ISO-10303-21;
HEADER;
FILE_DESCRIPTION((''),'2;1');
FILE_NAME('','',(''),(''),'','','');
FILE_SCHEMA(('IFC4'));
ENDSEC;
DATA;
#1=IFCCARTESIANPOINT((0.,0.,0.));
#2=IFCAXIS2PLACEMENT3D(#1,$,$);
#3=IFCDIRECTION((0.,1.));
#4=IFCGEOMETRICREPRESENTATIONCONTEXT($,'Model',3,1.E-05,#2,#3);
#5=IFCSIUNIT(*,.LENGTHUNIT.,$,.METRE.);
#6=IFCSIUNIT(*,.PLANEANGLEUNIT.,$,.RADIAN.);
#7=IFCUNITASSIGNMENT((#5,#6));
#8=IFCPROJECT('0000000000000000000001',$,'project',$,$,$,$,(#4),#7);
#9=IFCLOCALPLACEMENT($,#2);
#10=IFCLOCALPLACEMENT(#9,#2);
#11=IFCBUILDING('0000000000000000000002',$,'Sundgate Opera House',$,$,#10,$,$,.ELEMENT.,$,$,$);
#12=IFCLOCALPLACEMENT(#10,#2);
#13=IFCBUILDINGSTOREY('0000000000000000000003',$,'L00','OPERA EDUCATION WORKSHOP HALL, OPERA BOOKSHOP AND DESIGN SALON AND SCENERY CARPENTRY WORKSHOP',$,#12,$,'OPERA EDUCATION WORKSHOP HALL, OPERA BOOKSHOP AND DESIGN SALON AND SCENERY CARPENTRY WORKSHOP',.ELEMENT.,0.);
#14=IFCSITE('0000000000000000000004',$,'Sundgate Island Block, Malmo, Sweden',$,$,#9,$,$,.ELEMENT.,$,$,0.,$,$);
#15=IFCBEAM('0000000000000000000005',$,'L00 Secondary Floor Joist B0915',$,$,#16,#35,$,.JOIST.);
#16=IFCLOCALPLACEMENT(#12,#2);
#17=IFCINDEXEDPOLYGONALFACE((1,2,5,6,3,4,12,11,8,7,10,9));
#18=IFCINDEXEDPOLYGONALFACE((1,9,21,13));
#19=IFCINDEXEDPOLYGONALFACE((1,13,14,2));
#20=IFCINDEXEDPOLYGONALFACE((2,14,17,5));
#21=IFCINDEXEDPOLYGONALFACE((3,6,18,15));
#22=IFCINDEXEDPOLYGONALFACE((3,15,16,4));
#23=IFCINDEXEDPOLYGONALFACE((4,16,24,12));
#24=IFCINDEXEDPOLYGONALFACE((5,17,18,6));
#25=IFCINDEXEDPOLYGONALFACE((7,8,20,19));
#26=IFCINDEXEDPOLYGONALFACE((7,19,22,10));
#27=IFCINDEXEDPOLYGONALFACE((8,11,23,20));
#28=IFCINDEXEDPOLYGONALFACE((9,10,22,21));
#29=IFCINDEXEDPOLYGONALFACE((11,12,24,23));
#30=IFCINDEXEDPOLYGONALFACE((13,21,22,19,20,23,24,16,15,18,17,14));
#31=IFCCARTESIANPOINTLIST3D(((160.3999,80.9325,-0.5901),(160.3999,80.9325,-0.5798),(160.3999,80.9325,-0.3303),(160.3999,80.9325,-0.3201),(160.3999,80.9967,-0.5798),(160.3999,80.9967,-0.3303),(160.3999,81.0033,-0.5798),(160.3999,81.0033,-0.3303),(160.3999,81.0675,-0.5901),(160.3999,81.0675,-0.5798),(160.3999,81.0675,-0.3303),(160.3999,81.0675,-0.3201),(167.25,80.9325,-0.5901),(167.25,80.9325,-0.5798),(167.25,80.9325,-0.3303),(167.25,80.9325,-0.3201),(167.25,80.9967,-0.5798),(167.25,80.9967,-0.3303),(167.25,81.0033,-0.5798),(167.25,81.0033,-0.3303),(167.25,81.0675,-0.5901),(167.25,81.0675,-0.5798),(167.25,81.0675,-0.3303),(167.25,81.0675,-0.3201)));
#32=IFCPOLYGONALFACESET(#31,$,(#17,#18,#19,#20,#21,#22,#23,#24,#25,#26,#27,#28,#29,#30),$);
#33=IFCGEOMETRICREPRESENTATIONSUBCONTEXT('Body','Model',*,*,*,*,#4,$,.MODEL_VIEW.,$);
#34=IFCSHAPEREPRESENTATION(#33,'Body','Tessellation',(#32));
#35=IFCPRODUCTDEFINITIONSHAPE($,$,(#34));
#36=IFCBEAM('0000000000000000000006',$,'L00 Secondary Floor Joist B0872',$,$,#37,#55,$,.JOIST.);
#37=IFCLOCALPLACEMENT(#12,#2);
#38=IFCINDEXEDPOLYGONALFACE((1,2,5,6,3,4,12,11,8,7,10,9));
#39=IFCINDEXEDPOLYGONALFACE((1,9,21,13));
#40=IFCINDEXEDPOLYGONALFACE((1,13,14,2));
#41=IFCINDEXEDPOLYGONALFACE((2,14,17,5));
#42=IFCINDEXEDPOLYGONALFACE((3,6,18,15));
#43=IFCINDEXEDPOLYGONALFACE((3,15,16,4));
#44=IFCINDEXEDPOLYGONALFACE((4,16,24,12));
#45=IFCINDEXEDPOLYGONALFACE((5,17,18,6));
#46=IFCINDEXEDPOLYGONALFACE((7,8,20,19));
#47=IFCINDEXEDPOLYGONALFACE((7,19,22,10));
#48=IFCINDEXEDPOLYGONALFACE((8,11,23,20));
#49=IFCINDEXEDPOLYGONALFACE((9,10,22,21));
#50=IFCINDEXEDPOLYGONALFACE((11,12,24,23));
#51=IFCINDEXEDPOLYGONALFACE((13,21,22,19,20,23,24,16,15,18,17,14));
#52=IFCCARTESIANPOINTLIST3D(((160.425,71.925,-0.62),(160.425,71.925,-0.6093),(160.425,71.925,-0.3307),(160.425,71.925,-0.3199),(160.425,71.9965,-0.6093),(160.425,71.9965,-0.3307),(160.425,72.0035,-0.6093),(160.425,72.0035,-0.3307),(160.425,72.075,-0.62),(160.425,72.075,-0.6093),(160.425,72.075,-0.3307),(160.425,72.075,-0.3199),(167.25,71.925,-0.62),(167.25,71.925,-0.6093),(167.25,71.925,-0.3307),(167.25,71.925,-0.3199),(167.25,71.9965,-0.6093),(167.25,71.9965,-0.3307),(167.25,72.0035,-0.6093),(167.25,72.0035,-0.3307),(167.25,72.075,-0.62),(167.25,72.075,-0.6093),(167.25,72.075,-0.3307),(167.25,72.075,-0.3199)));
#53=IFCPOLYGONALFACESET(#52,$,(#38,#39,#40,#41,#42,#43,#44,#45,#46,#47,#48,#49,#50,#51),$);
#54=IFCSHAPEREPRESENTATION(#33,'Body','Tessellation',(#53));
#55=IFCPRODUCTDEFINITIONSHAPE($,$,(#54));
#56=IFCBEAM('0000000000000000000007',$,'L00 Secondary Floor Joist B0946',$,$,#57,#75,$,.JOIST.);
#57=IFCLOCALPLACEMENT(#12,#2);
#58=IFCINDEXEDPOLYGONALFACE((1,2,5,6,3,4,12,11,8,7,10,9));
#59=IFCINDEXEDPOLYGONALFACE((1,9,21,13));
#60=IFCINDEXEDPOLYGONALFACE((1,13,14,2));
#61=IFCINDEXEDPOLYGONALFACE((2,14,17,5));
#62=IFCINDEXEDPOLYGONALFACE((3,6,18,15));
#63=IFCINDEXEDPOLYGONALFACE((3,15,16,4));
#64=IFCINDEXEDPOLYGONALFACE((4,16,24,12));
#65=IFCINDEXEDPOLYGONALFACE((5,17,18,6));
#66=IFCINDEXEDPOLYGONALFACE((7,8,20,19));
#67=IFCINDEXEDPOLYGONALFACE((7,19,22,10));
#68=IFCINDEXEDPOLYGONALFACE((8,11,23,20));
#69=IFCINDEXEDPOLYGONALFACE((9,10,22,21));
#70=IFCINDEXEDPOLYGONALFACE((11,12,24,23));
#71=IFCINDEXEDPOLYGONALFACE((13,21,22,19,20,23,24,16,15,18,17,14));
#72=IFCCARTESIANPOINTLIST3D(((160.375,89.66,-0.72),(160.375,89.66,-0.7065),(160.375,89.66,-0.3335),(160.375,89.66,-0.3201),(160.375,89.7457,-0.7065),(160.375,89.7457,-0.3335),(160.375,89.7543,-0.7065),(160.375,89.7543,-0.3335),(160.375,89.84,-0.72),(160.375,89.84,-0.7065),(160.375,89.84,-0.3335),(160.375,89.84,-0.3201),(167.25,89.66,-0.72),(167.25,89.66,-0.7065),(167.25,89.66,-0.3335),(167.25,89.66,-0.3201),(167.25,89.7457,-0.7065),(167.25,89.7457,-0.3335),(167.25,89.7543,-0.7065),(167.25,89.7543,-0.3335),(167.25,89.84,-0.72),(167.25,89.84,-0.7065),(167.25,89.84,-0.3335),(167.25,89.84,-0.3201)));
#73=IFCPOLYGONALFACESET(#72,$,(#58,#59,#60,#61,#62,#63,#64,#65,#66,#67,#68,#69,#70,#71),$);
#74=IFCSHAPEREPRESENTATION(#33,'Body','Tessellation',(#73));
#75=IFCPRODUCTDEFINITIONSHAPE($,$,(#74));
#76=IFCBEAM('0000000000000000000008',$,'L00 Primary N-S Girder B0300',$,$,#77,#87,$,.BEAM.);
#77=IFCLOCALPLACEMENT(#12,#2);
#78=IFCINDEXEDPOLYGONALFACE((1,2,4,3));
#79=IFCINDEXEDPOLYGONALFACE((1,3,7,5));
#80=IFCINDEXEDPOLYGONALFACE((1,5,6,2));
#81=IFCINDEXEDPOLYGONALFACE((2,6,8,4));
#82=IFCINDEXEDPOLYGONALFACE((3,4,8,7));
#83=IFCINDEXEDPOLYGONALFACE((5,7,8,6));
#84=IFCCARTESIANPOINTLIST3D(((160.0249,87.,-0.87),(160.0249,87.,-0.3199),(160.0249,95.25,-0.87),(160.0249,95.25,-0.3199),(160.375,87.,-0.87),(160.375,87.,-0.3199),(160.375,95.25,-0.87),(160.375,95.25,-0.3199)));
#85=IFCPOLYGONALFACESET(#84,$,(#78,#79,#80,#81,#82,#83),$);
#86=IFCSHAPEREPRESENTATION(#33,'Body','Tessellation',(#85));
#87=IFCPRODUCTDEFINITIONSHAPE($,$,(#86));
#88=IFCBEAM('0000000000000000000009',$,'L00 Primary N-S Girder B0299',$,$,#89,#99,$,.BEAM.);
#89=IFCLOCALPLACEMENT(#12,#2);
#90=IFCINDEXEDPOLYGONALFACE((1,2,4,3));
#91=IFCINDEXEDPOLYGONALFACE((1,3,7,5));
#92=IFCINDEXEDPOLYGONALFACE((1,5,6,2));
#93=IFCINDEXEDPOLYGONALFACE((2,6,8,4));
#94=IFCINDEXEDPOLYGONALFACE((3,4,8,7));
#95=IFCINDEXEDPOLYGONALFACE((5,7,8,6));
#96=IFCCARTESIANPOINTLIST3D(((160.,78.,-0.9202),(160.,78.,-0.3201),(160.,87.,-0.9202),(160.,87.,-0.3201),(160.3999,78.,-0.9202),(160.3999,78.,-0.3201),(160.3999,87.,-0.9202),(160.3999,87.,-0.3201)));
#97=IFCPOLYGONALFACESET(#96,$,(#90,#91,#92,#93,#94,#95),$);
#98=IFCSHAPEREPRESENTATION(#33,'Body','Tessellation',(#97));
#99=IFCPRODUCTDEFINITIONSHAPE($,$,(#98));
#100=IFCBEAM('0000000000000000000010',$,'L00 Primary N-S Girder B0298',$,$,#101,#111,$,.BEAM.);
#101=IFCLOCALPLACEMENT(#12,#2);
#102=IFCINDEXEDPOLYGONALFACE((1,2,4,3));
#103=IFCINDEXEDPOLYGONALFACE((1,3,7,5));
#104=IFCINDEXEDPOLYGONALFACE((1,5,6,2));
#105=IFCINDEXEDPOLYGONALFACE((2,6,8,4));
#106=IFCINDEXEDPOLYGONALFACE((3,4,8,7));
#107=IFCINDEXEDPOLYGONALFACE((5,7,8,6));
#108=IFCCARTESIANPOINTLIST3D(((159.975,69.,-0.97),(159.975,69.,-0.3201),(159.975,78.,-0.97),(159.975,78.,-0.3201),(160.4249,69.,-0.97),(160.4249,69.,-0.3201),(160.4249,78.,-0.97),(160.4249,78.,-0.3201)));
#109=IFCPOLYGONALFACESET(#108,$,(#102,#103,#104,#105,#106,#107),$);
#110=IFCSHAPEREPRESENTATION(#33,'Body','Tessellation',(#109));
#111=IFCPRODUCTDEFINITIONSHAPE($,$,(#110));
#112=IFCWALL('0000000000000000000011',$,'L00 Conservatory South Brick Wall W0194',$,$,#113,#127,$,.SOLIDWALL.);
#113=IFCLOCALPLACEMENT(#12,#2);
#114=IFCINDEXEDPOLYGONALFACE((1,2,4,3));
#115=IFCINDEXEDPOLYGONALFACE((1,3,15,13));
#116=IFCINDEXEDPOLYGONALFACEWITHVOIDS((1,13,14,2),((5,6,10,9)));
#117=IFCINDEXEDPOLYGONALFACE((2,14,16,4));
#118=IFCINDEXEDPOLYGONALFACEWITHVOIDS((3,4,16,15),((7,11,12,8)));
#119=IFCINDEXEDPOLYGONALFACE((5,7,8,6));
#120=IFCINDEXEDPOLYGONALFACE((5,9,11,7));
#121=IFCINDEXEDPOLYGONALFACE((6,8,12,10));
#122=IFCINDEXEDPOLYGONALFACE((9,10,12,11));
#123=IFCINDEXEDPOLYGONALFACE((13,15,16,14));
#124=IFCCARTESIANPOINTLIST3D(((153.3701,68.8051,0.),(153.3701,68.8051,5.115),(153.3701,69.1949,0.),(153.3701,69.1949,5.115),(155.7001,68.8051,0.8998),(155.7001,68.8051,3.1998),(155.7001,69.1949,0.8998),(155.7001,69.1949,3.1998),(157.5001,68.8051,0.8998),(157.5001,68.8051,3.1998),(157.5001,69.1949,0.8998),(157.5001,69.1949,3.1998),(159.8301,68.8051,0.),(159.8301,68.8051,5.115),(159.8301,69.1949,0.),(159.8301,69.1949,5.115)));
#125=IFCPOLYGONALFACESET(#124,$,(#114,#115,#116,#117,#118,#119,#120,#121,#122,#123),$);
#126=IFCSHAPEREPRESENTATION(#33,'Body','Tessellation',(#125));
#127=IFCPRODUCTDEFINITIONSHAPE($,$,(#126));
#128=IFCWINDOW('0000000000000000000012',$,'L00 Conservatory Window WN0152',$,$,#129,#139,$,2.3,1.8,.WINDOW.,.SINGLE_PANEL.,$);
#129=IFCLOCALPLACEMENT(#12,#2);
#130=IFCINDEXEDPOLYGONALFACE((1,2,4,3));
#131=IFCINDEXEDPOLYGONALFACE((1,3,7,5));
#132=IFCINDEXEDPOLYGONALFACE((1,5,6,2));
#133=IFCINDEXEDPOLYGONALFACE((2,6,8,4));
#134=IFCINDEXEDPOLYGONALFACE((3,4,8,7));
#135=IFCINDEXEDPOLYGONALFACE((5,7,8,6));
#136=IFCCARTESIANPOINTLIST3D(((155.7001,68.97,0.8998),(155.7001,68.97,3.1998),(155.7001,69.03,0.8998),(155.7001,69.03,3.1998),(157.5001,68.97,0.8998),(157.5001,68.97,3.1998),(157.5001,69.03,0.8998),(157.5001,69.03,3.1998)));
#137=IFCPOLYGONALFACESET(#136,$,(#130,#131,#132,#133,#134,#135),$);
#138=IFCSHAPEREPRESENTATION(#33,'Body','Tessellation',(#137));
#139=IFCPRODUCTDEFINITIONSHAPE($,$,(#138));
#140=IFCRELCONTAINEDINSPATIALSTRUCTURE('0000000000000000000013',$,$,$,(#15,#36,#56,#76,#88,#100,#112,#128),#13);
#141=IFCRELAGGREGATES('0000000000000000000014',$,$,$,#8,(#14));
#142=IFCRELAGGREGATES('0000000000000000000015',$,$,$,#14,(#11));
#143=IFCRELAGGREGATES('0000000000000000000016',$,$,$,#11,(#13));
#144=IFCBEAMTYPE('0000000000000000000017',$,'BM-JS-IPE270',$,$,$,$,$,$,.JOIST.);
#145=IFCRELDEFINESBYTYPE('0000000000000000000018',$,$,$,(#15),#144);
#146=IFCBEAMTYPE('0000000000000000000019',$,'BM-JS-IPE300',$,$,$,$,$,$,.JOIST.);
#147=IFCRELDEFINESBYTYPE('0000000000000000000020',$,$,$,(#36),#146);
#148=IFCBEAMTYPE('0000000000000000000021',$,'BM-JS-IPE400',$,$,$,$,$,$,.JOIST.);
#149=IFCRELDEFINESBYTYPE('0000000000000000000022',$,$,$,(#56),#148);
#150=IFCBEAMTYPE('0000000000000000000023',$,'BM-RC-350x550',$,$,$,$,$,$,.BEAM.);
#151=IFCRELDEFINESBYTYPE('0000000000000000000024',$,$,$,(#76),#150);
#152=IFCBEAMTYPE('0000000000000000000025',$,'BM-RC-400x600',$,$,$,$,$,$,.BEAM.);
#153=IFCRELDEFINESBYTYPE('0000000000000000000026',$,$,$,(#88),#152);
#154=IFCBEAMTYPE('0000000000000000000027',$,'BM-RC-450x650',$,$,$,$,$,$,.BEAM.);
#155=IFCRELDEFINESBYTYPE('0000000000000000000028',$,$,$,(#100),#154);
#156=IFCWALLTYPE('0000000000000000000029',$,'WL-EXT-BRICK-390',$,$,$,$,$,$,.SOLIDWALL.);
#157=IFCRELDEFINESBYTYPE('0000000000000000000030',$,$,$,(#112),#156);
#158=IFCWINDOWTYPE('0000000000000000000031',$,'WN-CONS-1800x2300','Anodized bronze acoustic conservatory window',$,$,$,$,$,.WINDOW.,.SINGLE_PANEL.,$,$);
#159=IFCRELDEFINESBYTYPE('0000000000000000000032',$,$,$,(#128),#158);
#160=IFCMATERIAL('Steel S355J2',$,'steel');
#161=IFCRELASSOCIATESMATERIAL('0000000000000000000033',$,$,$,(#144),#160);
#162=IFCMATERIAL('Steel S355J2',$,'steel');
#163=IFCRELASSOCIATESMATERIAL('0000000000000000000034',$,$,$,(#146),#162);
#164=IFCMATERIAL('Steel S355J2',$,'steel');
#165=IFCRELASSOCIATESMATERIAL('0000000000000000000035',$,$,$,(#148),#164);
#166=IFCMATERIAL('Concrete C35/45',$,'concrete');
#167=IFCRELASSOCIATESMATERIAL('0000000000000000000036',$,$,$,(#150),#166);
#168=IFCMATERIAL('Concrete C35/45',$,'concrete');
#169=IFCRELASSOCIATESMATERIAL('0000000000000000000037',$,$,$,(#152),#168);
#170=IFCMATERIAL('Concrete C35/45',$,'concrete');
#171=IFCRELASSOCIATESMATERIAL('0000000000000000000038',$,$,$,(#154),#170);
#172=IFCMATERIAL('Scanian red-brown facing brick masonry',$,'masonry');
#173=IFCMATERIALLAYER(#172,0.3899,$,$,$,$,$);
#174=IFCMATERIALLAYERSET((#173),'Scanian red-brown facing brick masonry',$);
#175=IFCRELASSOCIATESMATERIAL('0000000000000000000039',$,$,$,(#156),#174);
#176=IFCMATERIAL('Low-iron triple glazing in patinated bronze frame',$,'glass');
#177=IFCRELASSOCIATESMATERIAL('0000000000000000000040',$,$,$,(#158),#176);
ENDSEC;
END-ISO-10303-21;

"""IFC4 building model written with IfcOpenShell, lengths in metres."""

from ifc_helpers import new_model, si_unit, direction, frame, frame_2d, origin, origin_2d, place, context, subcontext, project, spatial, rectangle, i_section, extrude, material, layer, layer_set, material_profile, profile_set, type_object, element, fill, save


model = new_model("IFC4")

# Units and contexts
model_context = context("Model", 3, precision=1e-05, world=origin(), true_north=direction((0.0, 1.0)))
body_context = subcontext(model_context, "Body", "Model", "MODEL_VIEW")
ifc_project = project(units=[si_unit("LENGTHUNIT", "METRE"), si_unit("PLANEANGLEUNIT", "RADIAN")], contexts=[model_context])

# Site, building, storey
site_placement = place(None, origin())
site = spatial("IfcSite", under=ifc_project, at=site_placement, Name="Sundgate Island Block, Malmo, Sweden", CompositionType="ELEMENT", RefElevation=0.0)
building_placement = place(site_placement, origin())
building = spatial("IfcBuilding", under=site, at=building_placement, Name="Sundgate Opera House", CompositionType="ELEMENT")
storey_placement = place(building_placement, origin())
storey = spatial("IfcBuildingStorey", under=building, at=storey_placement, Name="L00", Description="OPERA EDUCATION WORKSHOP HALL, OPERA BOOKSHOP AND DESIGN SALON AND SCENERY CARPENTRY WORKSHOP", LongName="OPERA EDUCATION WORKSHOP HALL, OPERA BOOKSHOP AND DESIGN SALON AND SCENERY CARPENTRY WORKSHOP", CompositionType="ELEMENT", Elevation=0.0)

# Beams
ifc_material_1 = material(Name="Steel S355J2", Category="steel")
ifc_material_profile_1 = material_profile(ifc_material_1, i_section(OverallWidth=0.135, OverallDepth=0.27, WebThickness=0.0066, FlangeThickness=0.0103, at=origin_2d()), Name="IPE 270")
ifc_profile_set_1 = profile_set([ifc_material_profile_1], Name="Steel S355J2")
beam_type_1 = type_object("IfcBeamType", Name="BM-JS-IPE270", PredefinedType="JOIST", material=ifc_profile_set_1)
beam_1_placement = place(storey_placement, frame((160.3999, 81.0, -0.4551), z_axis=(1.0, 0.0, 0.0), x_axis=(0.0, 1.0, 0.0)))
element("IfcBeam", 1, at=beam_1_placement, inside=storey, type_object=beam_type_1, Name="L00 Secondary Floor Joist B0915", PredefinedType="JOIST", context=body_context, shape_type="SweptSolid", body=[
    extrude(i_section(OverallWidth=0.135, OverallDepth=0.27, WebThickness=0.0066, FlangeThickness=0.0103, at=origin_2d()), origin(), (0.0, 0.0, 1.0), 6.8501),
])
ifc_material_2 = material(Name="Steel S355J2", Category="steel")
ifc_material_profile_2 = material_profile(ifc_material_2, i_section(OverallWidth=0.1499, OverallDepth=0.3, WebThickness=0.0071, FlangeThickness=0.0107, at=origin_2d()), Name="IPE 300")
ifc_profile_set_2 = profile_set([ifc_material_profile_2], Name="Steel S355J2")
beam_type_2 = type_object("IfcBeamType", Name="BM-JS-IPE300", PredefinedType="JOIST", material=ifc_profile_set_2)
beam_2_placement = place(storey_placement, frame((160.425, 72.0, -0.47), z_axis=(1.0, 0.0, 0.0), x_axis=(0.0, 1.0, 0.0)))
element("IfcBeam", 2, at=beam_2_placement, inside=storey, type_object=beam_type_2, Name="L00 Secondary Floor Joist B0872", PredefinedType="JOIST", context=body_context, shape_type="SweptSolid", body=[
    extrude(i_section(OverallWidth=0.1499, OverallDepth=0.3, WebThickness=0.0071, FlangeThickness=0.0107, at=origin_2d()), origin(), (0.0, 0.0, 1.0), 6.825),
])
ifc_material_3 = material(Name="Steel S355J2", Category="steel")
ifc_material_profile_3 = material_profile(ifc_material_3, i_section(OverallWidth=0.1799, OverallDepth=0.3999, WebThickness=0.0085, FlangeThickness=0.0134, at=origin_2d()), Name="IPE 400")
ifc_profile_set_3 = profile_set([ifc_material_profile_3], Name="Steel S355J2")
beam_type_3 = type_object("IfcBeamType", Name="BM-JS-IPE400", PredefinedType="JOIST", material=ifc_profile_set_3)
beam_3_placement = place(storey_placement, frame((160.375, 89.75, -0.52), z_axis=(1.0, 0.0, 0.0), x_axis=(0.0, 1.0, 0.0)))
element("IfcBeam", 3, at=beam_3_placement, inside=storey, type_object=beam_type_3, Name="L00 Secondary Floor Joist B0946", PredefinedType="JOIST", context=body_context, shape_type="SweptSolid", body=[
    extrude(i_section(OverallWidth=0.1799, OverallDepth=0.3999, WebThickness=0.0085, FlangeThickness=0.0134, at=origin_2d()), origin(), (0.0, 0.0, 1.0), 6.875),
])
ifc_material_4 = material(Name="Concrete C35/45", Category="concrete")
ifc_material_profile_4 = material_profile(ifc_material_4, rectangle(XDim=0.3501, YDim=0.55, at=origin_2d()), Name="RC 350x550")
ifc_profile_set_4 = profile_set([ifc_material_profile_4], Name="Concrete C35/45")
beam_type_4 = type_object("IfcBeamType", Name="BM-RC-350x550", PredefinedType="BEAM", material=ifc_profile_set_4)
beam_4_placement = place(storey_placement, frame((160.2, 87.0, -0.595), z_axis=(0.0, 1.0, 0.0), x_axis=(-1.0, 0.0, 0.0)))
element("IfcBeam", 4, at=beam_4_placement, inside=storey, type_object=beam_type_4, Name="L00 Primary N-S Girder B0300", PredefinedType="BEAM", context=body_context, shape_type="SweptSolid", body=[
    extrude(rectangle(XDim=0.3501, YDim=0.55, at=origin_2d()), origin(), (0.0, 0.0, 1.0), 8.25),
])
ifc_material_5 = material(Name="Concrete C35/45", Category="concrete")
ifc_material_profile_5 = material_profile(ifc_material_5, rectangle(XDim=0.3999, YDim=0.6001, at=origin_2d()), Name="RC 400x600")
ifc_profile_set_5 = profile_set([ifc_material_profile_5], Name="Concrete C35/45")
beam_type_5 = type_object("IfcBeamType", Name="BM-RC-400x600", PredefinedType="BEAM", material=ifc_profile_set_5)
beam_5_placement = place(storey_placement, frame((160.2, 78.0, -0.6201), z_axis=(0.0, 1.0, 0.0), x_axis=(-1.0, 0.0, 0.0)))
element("IfcBeam", 5, at=beam_5_placement, inside=storey, type_object=beam_type_5, Name="L00 Primary N-S Girder B0299", PredefinedType="BEAM", context=body_context, shape_type="SweptSolid", body=[
    extrude(rectangle(XDim=0.3999, YDim=0.6001, at=origin_2d()), origin(), (0.0, 0.0, 1.0), 9.0),
])
ifc_material_6 = material(Name="Concrete C35/45", Category="concrete")
ifc_material_profile_6 = material_profile(ifc_material_6, rectangle(XDim=0.45, YDim=0.6499, at=origin_2d()), Name="RC 450x650")
ifc_profile_set_6 = profile_set([ifc_material_profile_6], Name="Concrete C35/45")
beam_type_6 = type_object("IfcBeamType", Name="BM-RC-450x650", PredefinedType="BEAM", material=ifc_profile_set_6)
beam_6_placement = place(storey_placement, frame((160.2, 69.0, -0.645), z_axis=(0.0, 1.0, 0.0), x_axis=(-1.0, 0.0, 0.0)))
element("IfcBeam", 6, at=beam_6_placement, inside=storey, type_object=beam_type_6, Name="L00 Primary N-S Girder B0298", PredefinedType="BEAM", context=body_context, shape_type="SweptSolid", body=[
    extrude(rectangle(XDim=0.45, YDim=0.6499, at=origin_2d()), origin(), (0.0, 0.0, 1.0), 9.0),
])

# Wall, opening, window
ifc_material_7 = material(Name="Scanian red-brown facing brick masonry", Category="masonry")
ifc_layer_1 = layer(ifc_material_7, 0.3899)
ifc_layer_set_1 = layer_set([ifc_layer_1], Name="Scanian red-brown facing brick masonry")
wall_type = type_object("IfcWallType", Name="WL-EXT-BRICK-390", PredefinedType="SOLIDWALL", material=ifc_layer_set_1)
wall_1_placement = place(storey_placement, frame((159.8301, 69.0, 0.0), z_axis=(0.0, 0.0, 1.0), x_axis=(-1.0, 0.0, 0.0)))
wall_1 = element("IfcWall", 7, at=wall_1_placement, inside=storey, type_object=wall_type, Name="L00 Conservatory South Brick Wall W0194", PredefinedType="SOLIDWALL", context=body_context, shape_type="SweptSolid", body=[
    extrude(rectangle(XDim=6.46, YDim=0.3899, at=frame_2d((3.23, 0.0))), origin(), (0.0, 0.0, 1.0), 5.115),
])
opening_1_placement = place(wall_1_placement, frame((2.3301, 0.0, 0.8999)))
opening_1 = element("IfcOpeningElement", 8, at=opening_1_placement, cuts=wall_1, PredefinedType="OPENING", context=body_context, shape_type="SweptSolid", body=[
    extrude(rectangle(XDim=1.8, YDim=2.3, at=frame_2d((0.8999, 1.1499))), frame((0.0, 0.2048, 0.0), z_axis=(0.0, -1.0, 0.0), x_axis=(1.0, 0.0, 0.0)), (0.0, 0.0, 1.0), 0.4099),
])
ifc_material_8 = material(Name="Low-iron triple glazing in patinated bronze frame", Category="glass")
window_type_1 = type_object("IfcWindowType", Name="WN-CONS-1800x2300", Description="Anodized bronze acoustic conservatory window", PartitioningType="SINGLE_PANEL", PredefinedType="WINDOW", material=ifc_material_8)
window_1_placement = place(opening_1_placement, origin())
window_1 = element("IfcWindow", 9, at=window_1_placement, inside=storey, type_object=window_type_1, Name="L00 Conservatory Window WN0152", OverallHeight=2.3, OverallWidth=1.8, PartitioningType="SINGLE_PANEL", PredefinedType="WINDOW", context=body_context, shape_type="SweptSolid", body=[
    extrude(rectangle(XDim=1.8, YDim=2.3, at=frame_2d((0.8999, 1.1499))), frame((0.0, 0.03, 0.0), z_axis=(0.0, -1.0, 0.0), x_axis=(1.0, 0.0, 0.0)), (0.0, 0.0, 1.0), 0.0601),
])
fill(opening_1, window_1)

save(model, "model.ifc")
